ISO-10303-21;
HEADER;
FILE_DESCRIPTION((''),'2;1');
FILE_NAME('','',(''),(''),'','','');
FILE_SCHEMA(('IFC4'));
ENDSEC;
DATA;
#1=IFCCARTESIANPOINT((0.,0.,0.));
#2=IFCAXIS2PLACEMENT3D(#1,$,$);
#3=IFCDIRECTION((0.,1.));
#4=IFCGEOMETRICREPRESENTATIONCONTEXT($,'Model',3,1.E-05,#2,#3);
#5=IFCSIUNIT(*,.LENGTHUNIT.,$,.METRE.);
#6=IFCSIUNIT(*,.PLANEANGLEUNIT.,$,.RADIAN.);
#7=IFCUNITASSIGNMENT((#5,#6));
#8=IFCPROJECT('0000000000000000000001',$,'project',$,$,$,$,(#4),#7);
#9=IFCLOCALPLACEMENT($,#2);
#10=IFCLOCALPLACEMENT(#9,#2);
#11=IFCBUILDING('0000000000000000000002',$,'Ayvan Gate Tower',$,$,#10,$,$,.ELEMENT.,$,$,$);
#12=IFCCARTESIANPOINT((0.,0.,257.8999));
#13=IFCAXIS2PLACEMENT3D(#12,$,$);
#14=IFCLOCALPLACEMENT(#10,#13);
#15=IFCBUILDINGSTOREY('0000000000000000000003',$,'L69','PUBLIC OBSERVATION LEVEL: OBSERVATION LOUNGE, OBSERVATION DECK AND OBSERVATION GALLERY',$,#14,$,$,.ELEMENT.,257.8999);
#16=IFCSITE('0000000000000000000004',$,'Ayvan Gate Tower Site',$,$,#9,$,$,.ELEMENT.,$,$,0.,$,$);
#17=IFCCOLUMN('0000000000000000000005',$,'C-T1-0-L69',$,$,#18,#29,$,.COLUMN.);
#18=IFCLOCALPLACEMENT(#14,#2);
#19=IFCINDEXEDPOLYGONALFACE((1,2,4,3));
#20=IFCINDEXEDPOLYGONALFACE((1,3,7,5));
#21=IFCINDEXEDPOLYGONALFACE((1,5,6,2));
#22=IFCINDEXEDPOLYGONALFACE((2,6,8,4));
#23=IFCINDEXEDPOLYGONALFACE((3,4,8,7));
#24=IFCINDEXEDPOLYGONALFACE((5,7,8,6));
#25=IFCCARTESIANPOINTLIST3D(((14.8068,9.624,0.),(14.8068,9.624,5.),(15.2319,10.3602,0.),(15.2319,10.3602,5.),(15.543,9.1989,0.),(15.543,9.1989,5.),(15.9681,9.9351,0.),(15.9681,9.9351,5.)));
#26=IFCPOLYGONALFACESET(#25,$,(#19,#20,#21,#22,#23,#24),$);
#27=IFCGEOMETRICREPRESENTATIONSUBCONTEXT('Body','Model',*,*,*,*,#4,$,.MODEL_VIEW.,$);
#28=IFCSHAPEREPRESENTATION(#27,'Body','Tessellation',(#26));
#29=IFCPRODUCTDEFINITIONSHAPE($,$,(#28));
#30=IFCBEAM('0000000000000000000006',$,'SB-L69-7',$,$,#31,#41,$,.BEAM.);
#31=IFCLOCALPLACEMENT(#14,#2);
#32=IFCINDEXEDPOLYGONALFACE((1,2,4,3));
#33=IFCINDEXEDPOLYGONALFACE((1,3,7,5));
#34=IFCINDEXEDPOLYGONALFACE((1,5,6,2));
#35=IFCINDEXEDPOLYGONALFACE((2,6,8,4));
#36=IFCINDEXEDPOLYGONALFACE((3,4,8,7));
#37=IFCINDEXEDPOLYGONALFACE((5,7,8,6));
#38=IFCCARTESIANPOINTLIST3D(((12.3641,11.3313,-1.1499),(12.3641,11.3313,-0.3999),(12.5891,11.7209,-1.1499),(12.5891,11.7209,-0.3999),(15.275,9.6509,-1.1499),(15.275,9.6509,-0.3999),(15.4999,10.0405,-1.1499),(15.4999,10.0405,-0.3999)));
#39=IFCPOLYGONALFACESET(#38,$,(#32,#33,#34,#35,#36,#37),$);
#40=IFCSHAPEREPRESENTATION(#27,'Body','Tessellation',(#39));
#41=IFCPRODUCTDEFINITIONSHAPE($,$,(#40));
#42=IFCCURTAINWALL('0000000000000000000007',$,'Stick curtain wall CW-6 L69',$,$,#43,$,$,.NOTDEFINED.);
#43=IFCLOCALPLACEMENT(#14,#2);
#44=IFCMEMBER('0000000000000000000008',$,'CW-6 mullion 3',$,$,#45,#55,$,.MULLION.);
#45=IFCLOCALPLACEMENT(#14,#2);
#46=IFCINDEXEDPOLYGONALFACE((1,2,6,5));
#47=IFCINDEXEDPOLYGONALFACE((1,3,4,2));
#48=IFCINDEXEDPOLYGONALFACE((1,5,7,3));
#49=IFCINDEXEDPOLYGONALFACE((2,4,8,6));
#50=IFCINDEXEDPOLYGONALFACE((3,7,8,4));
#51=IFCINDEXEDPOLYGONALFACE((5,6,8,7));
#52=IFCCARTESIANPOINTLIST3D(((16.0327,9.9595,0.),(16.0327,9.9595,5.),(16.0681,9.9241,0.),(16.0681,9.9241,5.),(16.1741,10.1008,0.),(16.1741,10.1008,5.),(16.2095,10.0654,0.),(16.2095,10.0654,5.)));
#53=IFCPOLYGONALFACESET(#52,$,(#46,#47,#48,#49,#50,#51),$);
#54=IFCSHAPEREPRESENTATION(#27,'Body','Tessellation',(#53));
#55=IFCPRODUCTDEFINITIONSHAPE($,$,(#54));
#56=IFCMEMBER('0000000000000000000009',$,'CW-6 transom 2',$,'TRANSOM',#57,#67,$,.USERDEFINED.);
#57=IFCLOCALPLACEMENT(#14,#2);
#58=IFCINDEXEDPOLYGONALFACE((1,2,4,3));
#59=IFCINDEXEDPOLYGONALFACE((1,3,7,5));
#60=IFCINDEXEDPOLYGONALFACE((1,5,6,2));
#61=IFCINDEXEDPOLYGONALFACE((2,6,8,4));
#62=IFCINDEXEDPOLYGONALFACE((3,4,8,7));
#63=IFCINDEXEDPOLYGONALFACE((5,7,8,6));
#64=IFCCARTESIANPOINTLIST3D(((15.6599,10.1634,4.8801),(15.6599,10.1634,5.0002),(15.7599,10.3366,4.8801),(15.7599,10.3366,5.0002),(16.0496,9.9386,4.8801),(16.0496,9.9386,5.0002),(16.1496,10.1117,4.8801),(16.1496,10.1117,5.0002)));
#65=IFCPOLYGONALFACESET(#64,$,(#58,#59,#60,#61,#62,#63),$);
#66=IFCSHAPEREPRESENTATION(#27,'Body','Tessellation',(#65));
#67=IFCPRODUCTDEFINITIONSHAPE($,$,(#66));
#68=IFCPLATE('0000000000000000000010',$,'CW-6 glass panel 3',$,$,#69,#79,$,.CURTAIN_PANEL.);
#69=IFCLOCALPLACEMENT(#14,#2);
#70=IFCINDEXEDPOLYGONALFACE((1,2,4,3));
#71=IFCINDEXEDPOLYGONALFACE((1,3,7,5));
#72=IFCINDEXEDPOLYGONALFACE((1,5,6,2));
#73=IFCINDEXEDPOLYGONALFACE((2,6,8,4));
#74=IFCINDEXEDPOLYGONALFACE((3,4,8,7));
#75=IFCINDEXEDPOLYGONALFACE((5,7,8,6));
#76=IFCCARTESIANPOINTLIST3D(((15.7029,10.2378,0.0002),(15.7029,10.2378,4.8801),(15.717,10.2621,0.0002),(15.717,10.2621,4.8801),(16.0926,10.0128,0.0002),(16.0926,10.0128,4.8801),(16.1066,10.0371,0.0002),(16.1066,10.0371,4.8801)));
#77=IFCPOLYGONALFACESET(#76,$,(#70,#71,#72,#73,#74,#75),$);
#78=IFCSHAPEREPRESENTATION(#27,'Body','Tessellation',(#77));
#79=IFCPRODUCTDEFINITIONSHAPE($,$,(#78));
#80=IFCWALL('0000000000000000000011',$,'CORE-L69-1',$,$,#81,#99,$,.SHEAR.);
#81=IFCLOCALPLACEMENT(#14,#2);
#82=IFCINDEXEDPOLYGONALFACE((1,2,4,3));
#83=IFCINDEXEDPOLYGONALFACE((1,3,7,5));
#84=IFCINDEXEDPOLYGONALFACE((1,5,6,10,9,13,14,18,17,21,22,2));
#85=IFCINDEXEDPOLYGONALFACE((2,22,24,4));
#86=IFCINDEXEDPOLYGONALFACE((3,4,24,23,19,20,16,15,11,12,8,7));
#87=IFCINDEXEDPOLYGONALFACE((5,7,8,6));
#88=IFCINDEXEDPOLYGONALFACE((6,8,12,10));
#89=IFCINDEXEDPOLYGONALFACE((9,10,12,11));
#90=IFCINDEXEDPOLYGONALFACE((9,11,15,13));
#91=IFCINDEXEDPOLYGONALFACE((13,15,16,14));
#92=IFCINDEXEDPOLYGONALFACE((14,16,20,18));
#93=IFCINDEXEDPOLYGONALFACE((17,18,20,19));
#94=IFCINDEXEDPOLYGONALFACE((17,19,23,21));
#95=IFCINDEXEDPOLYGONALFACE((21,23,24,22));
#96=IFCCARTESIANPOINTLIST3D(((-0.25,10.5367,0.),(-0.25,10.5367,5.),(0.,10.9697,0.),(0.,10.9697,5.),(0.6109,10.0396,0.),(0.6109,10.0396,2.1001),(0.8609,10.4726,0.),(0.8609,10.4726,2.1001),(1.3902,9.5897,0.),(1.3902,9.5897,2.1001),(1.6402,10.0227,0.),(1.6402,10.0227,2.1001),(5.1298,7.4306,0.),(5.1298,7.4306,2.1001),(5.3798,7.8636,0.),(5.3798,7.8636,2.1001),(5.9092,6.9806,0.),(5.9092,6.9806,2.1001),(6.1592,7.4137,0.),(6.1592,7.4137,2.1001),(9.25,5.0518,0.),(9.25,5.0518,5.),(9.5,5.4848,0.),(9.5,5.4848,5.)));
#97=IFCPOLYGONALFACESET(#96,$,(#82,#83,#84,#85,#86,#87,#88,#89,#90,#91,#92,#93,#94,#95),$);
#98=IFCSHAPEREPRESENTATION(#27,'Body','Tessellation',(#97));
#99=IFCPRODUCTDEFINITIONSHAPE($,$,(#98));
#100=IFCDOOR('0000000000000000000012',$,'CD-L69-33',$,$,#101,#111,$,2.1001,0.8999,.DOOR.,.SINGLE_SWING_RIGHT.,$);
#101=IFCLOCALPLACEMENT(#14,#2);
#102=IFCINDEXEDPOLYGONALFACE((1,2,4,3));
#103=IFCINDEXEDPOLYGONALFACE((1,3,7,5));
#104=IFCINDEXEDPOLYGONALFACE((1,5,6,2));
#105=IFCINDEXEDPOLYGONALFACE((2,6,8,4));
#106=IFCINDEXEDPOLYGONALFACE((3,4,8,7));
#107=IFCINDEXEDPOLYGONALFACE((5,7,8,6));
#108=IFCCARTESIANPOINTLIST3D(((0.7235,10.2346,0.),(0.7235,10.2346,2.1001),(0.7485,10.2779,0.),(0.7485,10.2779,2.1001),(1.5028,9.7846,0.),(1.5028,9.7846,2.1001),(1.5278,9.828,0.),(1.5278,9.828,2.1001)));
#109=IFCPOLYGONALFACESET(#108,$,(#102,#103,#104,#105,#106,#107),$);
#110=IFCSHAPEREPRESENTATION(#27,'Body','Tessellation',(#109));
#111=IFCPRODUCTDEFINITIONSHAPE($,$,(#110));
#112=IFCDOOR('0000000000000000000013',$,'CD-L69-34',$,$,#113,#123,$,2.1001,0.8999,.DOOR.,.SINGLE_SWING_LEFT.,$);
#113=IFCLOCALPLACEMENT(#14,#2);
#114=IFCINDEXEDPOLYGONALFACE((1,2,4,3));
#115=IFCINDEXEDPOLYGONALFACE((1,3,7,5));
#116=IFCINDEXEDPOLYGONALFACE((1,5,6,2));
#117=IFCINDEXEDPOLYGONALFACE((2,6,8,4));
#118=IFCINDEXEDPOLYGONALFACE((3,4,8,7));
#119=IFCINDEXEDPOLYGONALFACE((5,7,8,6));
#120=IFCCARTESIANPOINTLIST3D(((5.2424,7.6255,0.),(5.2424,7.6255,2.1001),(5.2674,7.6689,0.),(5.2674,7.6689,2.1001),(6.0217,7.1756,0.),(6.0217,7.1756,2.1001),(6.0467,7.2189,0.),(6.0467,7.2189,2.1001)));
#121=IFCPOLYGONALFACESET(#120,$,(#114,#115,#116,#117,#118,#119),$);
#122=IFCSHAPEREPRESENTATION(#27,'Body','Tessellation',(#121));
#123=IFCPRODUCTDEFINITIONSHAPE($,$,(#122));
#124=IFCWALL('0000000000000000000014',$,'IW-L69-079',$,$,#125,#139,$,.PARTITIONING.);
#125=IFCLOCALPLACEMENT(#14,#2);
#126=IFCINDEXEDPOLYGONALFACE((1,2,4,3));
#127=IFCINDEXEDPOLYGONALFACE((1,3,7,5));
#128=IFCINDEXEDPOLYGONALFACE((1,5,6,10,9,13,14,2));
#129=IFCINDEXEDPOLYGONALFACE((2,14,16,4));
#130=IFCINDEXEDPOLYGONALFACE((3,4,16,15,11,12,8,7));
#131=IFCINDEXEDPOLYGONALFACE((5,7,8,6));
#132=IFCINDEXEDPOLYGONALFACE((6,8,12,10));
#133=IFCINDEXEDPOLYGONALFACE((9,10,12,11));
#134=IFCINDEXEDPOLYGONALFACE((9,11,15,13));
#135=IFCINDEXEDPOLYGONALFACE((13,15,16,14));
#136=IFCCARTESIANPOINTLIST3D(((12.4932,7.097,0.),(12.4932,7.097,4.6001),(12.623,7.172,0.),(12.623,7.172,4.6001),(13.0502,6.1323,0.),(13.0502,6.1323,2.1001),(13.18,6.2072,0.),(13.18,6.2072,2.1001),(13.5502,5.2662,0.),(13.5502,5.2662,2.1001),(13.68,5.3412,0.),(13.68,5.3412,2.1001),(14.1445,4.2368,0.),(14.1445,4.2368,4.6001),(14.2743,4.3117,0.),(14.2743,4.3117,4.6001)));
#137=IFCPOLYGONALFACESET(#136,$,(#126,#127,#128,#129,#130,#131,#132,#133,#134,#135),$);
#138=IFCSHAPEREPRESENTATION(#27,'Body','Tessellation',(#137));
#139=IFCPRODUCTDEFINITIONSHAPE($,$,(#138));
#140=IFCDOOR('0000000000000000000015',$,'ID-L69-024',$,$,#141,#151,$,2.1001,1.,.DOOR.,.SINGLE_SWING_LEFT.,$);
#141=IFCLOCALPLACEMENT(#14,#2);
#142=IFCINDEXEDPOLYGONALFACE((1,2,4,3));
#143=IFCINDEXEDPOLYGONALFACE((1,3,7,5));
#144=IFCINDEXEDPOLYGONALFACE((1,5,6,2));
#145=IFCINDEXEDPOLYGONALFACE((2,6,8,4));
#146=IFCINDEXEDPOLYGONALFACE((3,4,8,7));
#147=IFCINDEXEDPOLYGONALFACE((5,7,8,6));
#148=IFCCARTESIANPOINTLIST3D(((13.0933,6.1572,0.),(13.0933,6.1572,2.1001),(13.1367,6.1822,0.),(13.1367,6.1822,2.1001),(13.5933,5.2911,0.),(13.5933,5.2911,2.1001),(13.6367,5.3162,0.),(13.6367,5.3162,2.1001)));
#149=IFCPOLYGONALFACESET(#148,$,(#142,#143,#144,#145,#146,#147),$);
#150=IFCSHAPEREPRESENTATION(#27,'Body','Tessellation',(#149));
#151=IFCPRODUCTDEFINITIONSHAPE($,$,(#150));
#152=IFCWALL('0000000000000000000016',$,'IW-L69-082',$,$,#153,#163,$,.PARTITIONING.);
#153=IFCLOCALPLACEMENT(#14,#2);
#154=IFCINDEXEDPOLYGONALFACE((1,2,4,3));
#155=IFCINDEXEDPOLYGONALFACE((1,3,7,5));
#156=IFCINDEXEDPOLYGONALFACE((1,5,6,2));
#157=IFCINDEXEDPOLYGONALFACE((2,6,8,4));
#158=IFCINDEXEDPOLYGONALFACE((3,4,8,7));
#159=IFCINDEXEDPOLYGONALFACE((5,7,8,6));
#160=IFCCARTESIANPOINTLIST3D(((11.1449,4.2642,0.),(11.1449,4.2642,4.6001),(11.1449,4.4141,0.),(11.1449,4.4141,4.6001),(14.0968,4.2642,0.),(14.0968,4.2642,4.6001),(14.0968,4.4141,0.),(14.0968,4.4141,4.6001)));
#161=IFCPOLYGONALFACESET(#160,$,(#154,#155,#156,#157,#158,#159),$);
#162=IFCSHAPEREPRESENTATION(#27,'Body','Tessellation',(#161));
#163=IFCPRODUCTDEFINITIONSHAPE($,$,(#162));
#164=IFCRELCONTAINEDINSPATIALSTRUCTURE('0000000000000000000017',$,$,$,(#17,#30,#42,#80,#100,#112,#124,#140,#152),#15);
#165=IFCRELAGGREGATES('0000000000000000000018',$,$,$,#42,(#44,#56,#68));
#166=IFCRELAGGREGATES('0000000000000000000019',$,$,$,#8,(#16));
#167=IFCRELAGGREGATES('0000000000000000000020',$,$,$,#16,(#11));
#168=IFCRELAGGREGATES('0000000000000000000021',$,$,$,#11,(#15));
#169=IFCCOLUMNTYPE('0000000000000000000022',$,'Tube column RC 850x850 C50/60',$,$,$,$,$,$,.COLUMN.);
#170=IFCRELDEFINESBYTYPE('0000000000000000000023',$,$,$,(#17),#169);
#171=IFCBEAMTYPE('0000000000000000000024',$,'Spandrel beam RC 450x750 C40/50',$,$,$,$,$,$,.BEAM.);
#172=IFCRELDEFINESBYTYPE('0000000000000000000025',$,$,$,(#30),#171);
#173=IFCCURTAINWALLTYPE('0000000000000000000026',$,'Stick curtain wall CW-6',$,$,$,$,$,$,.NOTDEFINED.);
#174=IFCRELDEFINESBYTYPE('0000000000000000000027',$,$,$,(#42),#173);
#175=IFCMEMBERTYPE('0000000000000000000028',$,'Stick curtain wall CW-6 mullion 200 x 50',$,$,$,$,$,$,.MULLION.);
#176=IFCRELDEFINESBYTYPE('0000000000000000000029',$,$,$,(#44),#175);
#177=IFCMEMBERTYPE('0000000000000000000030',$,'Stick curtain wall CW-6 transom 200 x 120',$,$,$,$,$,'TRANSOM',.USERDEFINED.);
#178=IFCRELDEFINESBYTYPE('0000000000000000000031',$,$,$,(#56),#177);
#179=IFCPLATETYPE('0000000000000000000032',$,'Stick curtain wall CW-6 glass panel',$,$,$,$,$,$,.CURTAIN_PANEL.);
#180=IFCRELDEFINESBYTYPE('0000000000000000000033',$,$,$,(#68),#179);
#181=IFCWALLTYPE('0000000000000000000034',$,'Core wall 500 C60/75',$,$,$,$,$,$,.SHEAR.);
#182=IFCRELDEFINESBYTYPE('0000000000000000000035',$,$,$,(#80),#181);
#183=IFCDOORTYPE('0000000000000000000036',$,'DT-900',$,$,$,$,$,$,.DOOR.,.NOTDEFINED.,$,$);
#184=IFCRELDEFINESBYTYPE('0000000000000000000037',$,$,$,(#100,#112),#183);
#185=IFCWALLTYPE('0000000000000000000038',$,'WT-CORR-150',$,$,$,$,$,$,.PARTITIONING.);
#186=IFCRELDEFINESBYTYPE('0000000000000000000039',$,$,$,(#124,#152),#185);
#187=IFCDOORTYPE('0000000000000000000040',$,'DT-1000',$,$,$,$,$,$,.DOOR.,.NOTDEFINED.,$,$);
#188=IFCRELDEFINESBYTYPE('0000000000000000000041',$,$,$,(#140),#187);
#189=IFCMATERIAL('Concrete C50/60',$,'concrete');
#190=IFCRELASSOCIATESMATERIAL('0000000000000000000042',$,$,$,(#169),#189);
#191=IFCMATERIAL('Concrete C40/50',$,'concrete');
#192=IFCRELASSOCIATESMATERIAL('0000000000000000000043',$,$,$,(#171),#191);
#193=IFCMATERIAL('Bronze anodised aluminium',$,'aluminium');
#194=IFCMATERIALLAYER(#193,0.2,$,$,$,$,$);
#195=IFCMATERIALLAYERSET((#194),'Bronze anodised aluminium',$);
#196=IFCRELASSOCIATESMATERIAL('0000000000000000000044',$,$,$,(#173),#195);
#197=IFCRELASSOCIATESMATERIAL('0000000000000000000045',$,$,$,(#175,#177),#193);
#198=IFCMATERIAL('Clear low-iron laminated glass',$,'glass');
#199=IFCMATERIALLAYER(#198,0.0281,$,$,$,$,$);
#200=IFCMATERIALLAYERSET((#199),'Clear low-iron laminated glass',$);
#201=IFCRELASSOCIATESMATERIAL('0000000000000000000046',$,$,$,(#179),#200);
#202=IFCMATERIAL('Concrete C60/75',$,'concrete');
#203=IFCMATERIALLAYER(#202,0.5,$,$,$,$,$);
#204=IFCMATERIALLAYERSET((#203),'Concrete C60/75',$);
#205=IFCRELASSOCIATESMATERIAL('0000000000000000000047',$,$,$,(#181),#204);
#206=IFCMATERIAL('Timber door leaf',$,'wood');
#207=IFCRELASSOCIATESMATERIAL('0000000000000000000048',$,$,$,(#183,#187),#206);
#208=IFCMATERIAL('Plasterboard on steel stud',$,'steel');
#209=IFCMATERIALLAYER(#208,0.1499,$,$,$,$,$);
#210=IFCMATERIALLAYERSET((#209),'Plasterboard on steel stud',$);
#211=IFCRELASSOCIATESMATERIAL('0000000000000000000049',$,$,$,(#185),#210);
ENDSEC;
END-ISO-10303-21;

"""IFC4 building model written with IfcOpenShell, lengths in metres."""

from ifc_helpers import new_model, si_unit, direction, frame, frame_2d, origin, origin_2d, place, context, subcontext, project, spatial, rectangle, extrude, material, layer, layer_set, material_profile, profile_set, type_object, element, fill, aggregate, save


model = new_model("IFC4")

# Units and contexts
model_context = context("Model", 3, precision=1e-05, world=origin(), true_north=direction((0.0, 1.0)))
body_context = subcontext(model_context, "Body", "Model", "MODEL_VIEW")
ifc_project = project(units=[si_unit("LENGTHUNIT", "METRE"), si_unit("PLANEANGLEUNIT", "RADIAN")], contexts=[model_context])

# Site, building, storey
site_placement = place(None, origin())
site = spatial("IfcSite", under=ifc_project, at=site_placement, Name="Ayvan Gate Tower Site", CompositionType="ELEMENT", RefElevation=0.0)
building_placement = place(site_placement, origin())
building = spatial("IfcBuilding", under=site, at=building_placement, Name="Ayvan Gate Tower", CompositionType="ELEMENT")
storey_placement = place(building_placement, frame((0.0, 0.0, 257.8999)))
storey = spatial("IfcBuildingStorey", under=building, at=storey_placement, Name="L69", Description="PUBLIC OBSERVATION LEVEL: OBSERVATION LOUNGE, OBSERVATION DECK AND OBSERVATION GALLERY", CompositionType="ELEMENT", Elevation=257.8999)

# Column
ifc_material_1 = material(Name="Concrete C50/60", Category="concrete")
ifc_material_profile_1 = material_profile(ifc_material_1, rectangle(XDim=0.8501, YDim=0.8501, at=origin_2d()), Name="RC 850x850")
ifc_profile_set_1 = profile_set([ifc_material_profile_1], Name="Concrete C50/60")
column_type = type_object("IfcColumnType", Name="Tube column RC 850x850 C50/60", PredefinedType="COLUMN", material=ifc_profile_set_1)
column_placement = place(storey_placement, frame((15.3875, 9.7795, 0.0), z_axis=(0.0, 0.0, 1.0), x_axis=(0.5, 0.866025, 0.0)))
element("IfcColumn", 1, at=column_placement, inside=storey, type_object=column_type, Name="C-T1-0-L69", PredefinedType="COLUMN", context=body_context, shape_type="SweptSolid", body=[
    extrude(rectangle(XDim=0.8501, YDim=0.8501, at=origin_2d()), origin(), (0.0, 0.0, 1.0), 5.0),
])

# Beam
ifc_material_2 = material(Name="Concrete C40/50", Category="concrete")
ifc_material_profile_2 = material_profile(ifc_material_2, rectangle(XDim=0.45, YDim=0.75, at=origin_2d()), Name="RC 450x750")
ifc_profile_set_2 = profile_set([ifc_material_profile_2], Name="Concrete C40/50")
beam_type = type_object("IfcBeamType", Name="Spandrel beam RC 450x750 C40/50", PredefinedType="BEAM", material=ifc_profile_set_2)
beam_placement = place(storey_placement, frame((15.3875, 9.8457, -0.7749), z_axis=(-0.866049, 0.499959, 0.0), x_axis=(-0.499959, -0.866049, 0.0)))
element("IfcBeam", 2, at=beam_placement, inside=storey, type_object=beam_type, Name="SB-L69-7", PredefinedType="BEAM", context=body_context, shape_type="SweptSolid", body=[
    extrude(rectangle(XDim=0.45, YDim=0.75, at=origin_2d()), origin(), (0.0, 0.0, 1.0), 3.3611),
])

# Curtain wall, members, plate
ifc_material_3 = material(Name="Bronze anodised aluminium", Category="aluminium")
ifc_layer_1 = layer(ifc_material_3, 0.2)
ifc_layer_set_1 = layer_set([ifc_layer_1], Name="Bronze anodised aluminium")
curtain_wall_type = type_object("IfcCurtainWallType", Name="Stick curtain wall CW-6", PredefinedType="NOTDEFINED", material=ifc_layer_set_1)
curtain_wall_placement = place(storey_placement, origin())
curtain_wall = element("IfcCurtainWall", 3, at=curtain_wall_placement, inside=storey, type_object=curtain_wall_type, Name="Stick curtain wall CW-6 L69", PredefinedType="NOTDEFINED")
ifc_material_profile_3 = material_profile(ifc_material_3, rectangle(XDim=0.2, YDim=0.05, at=origin_2d()), Name="Stick curtain wall CW-6 mullion 200 x 50")
ifc_profile_set_3 = profile_set([ifc_material_profile_3], Name="Bronze anodised aluminium")
member_type_1 = type_object("IfcMemberType", Name="Stick curtain wall CW-6 mullion 200 x 50", PredefinedType="MULLION", material=ifc_profile_set_3)
member_1_placement = place(storey_placement, frame((16.1211, 10.0125, 0.0), z_axis=(0.0, 0.0, 1.0), x_axis=(0.707107, 0.707107, 0.0)))
member_1 = element("IfcMember", 4, at=member_1_placement, type_object=member_type_1, Name="CW-6 mullion 3", PredefinedType="MULLION", context=body_context, shape_type="SweptSolid", body=[
    extrude(rectangle(XDim=0.2, YDim=0.05, at=origin_2d()), origin(), (0.0, 0.0, 1.0), 5.0),
])
ifc_material_profile_4 = material_profile(ifc_material_3, rectangle(XDim=0.2, YDim=0.1201, at=origin_2d()), Name="Stick curtain wall CW-6 transom 200 x 120")
ifc_profile_set_4 = profile_set([ifc_material_profile_4], Name="Bronze anodised aluminium")
member_type_2 = type_object("IfcMemberType", Name="Stick curtain wall CW-6 transom 200 x 120", ElementType="TRANSOM", PredefinedType="USERDEFINED", material=ifc_profile_set_4)
member_2_placement = place(storey_placement, frame((16.0996, 10.0251, 4.9402), z_axis=(-0.866131, 0.499816, 0.0), x_axis=(-0.499816, -0.866131, 0.0)))
member_2 = element("IfcMember", 5, at=member_2_placement, type_object=member_type_2, Name="CW-6 transom 2", ObjectType="TRANSOM", PredefinedType="USERDEFINED", context=body_context, shape_type="SweptSolid", body=[
    extrude(rectangle(XDim=0.2, YDim=0.1201, at=origin_2d()), origin(), (0.0, 0.0, 1.0), 0.45),
])
ifc_material_4 = material(Name="Clear low-iron laminated glass", Category="glass")
ifc_layer_2 = layer(ifc_material_4, 0.0281)
ifc_layer_set_2 = layer_set([ifc_layer_2], Name="Clear low-iron laminated glass")
plate_type = type_object("IfcPlateType", Name="Stick curtain wall CW-6 glass panel", PredefinedType="CURTAIN_PANEL", material=ifc_layer_set_2)
plate_placement = place(storey_placement, frame((15.9048, 10.1375, 0.0002), z_axis=(0.0, 0.0, 1.0), x_axis=(-0.866025, 0.5, 0.0)))
plate = element("IfcPlate", 6, at=plate_placement, type_object=plate_type, Name="CW-6 glass panel 3", PredefinedType="CURTAIN_PANEL", context=body_context, shape_type="SweptSolid", body=[
    extrude(rectangle(XDim=0.45, YDim=0.0281, at=origin_2d()), origin(), (0.0, 0.0, 1.0), 4.8799),
])
aggregate(curtain_wall, [member_1, member_2, plate])

# Wall, openings, doors
ifc_material_5 = material(Name="Concrete C60/75", Category="concrete")
ifc_layer_3 = layer(ifc_material_5, 0.5)
ifc_layer_set_3 = layer_set([ifc_layer_3], Name="Concrete C60/75")
wall_type_1 = type_object("IfcWallType", Name="Core wall 500 C60/75", PredefinedType="SHEAR", material=ifc_layer_set_3)
wall_1_placement = place(storey_placement, frame((9.375, 5.2683, 0.0), z_axis=(0.0, 0.0, 1.0), x_axis=(-0.866024, 0.500002, 0.0)))
wall_1 = element("IfcWall", 7, at=wall_1_placement, inside=storey, type_object=wall_type_1, Name="CORE-L69-1", PredefinedType="SHEAR", context=body_context, shape_type="SweptSolid", body=[
    extrude(rectangle(XDim=10.9697, YDim=0.5, at=frame_2d((5.4849, 0.0))), origin(), (0.0, 0.0, 1.0), 5.0),
])
opening_1_placement = place(wall_1_placement, frame((9.0757, 0.0, 0.0)))
opening_1 = element("IfcOpeningElement", 8, at=opening_1_placement, cuts=wall_1, PredefinedType="OPENING", context=body_context, shape_type="SweptSolid", body=[
    extrude(rectangle(XDim=0.8999, YDim=2.1001, at=frame_2d((0.45, 1.05))), frame((0.0, 0.26, 0.0), z_axis=(0.0, -1.0, 0.0), x_axis=(1.0, 0.0, 0.0)), (0.0, 0.0, 1.0), 0.52),
])
opening_2_placement = place(wall_1_placement, frame((3.8577, 0.0, 0.0)))
opening_2 = element("IfcOpeningElement", 9, at=opening_2_placement, cuts=wall_1, PredefinedType="OPENING", context=body_context, shape_type="SweptSolid", body=[
    extrude(rectangle(XDim=0.8999, YDim=2.1001, at=frame_2d((0.45, 1.05))), frame((0.0, 0.26, 0.0), z_axis=(0.0, -1.0, 0.0), x_axis=(1.0, 0.0, 0.0)), (0.0, 0.0, 1.0), 0.52),
])
ifc_material_6 = material(Name="Timber door leaf", Category="wood")
door_type_1 = type_object("IfcDoorType", Name="DT-900", OperationType="NOTDEFINED", PredefinedType="DOOR", material=ifc_material_6)
door_1_placement = place(opening_1_placement, origin())
door_1 = element("IfcDoor", 10, at=door_1_placement, inside=storey, type_object=door_type_1, Name="CD-L69-33", OperationType="SINGLE_SWING_RIGHT", OverallHeight=2.1001, OverallWidth=0.8999, PredefinedType="DOOR", context=body_context, shape_type="SweptSolid", body=[
    extrude(rectangle(XDim=0.8999, YDim=2.1001, at=frame_2d((0.45, 1.05))), frame((0.0, 0.0249, 0.0), z_axis=(0.0, -1.0, 0.0), x_axis=(1.0, 0.0, 0.0)), (0.0, 0.0, 1.0), 0.05),
])
fill(opening_1, door_1)
door_2_placement = place(opening_2_placement, origin())
door_2 = element("IfcDoor", 11, at=door_2_placement, inside=storey, type_object=door_type_1, Name="CD-L69-34", OperationType="SINGLE_SWING_LEFT", OverallHeight=2.1001, OverallWidth=0.8999, PredefinedType="DOOR", context=body_context, shape_type="SweptSolid", body=[
    extrude(rectangle(XDim=0.8999, YDim=2.1001, at=frame_2d((0.45, 1.05))), frame((0.0, 0.0249, 0.0), z_axis=(0.0, -1.0, 0.0), x_axis=(1.0, 0.0, 0.0)), (0.0, 0.0, 1.0), 0.05),
])
fill(opening_2, door_2)

# Wall, opening, door
ifc_material_7 = material(Name="Plasterboard on steel stud", Category="steel")
ifc_layer_4 = layer(ifc_material_7, 0.1499)
ifc_layer_set_4 = layer_set([ifc_layer_4], Name="Plasterboard on steel stud")
wall_type_2 = type_object("IfcWallType", Name="WT-CORR-150", PredefinedType="PARTITIONING", material=ifc_layer_set_4)
wall_2_placement = place(storey_placement, frame((12.5581, 7.1345, 0.0), z_axis=(0.0, 0.0, 1.0), x_axis=(0.499987, -0.866033, 0.0)))
wall_2 = element("IfcWall", 12, at=wall_2_placement, inside=storey, type_object=wall_type_2, Name="IW-L69-079", PredefinedType="PARTITIONING", context=body_context, shape_type="SweptSolid", body=[
    extrude(rectangle(XDim=3.3027, YDim=0.1499, at=frame_2d((1.6514, 0.0))), origin(), (0.0, 0.0, 1.0), 4.6001),
])
opening_3_placement = place(wall_2_placement, frame((1.114, 0.0, 0.0)))
opening_3 = element("IfcOpeningElement", 13, at=opening_3_placement, cuts=wall_2, PredefinedType="OPENING", context=body_context, shape_type="SweptSolid", body=[
    extrude(rectangle(XDim=1.0, YDim=2.1001, at=frame_2d((0.5, 1.05))), frame((0.0, 0.085, 0.0), z_axis=(0.0, -1.0, 0.0), x_axis=(1.0, 0.0, 0.0)), (0.0, 0.0, 1.0), 0.1699),
])
door_type_2 = type_object("IfcDoorType", Name="DT-1000", OperationType="NOTDEFINED", PredefinedType="DOOR", material=ifc_material_6)
door_3_placement = place(opening_3_placement, origin())
door_3 = element("IfcDoor", 14, at=door_3_placement, inside=storey, type_object=door_type_2, Name="ID-L69-024", OperationType="SINGLE_SWING_LEFT", OverallHeight=2.1001, OverallWidth=1.0, PredefinedType="DOOR", context=body_context, shape_type="SweptSolid", body=[
    extrude(rectangle(XDim=1.0, YDim=2.1001, at=frame_2d((0.5, 1.05))), frame((0.0, 0.0249, 0.0), z_axis=(0.0, -1.0, 0.0), x_axis=(1.0, 0.0, 0.0)), (0.0, 0.0, 1.0), 0.05),
])
fill(opening_3, door_3)

# Wall
wall_3_placement = place(storey_placement, frame((14.0969, 4.3391, 0.0), z_axis=(0.0, 0.0, 1.0), x_axis=(-1.0, 0.0, 0.0)))
element("IfcWall", 15, at=wall_3_placement, inside=storey, type_object=wall_type_2, Name="IW-L69-082", PredefinedType="PARTITIONING", context=body_context, shape_type="SweptSolid", body=[
    extrude(rectangle(XDim=2.9519, YDim=0.1499, at=frame_2d((1.4761, 0.0))), origin(), (0.0, 0.0, 1.0), 4.6001),
])

save(model, "model.ifc")
